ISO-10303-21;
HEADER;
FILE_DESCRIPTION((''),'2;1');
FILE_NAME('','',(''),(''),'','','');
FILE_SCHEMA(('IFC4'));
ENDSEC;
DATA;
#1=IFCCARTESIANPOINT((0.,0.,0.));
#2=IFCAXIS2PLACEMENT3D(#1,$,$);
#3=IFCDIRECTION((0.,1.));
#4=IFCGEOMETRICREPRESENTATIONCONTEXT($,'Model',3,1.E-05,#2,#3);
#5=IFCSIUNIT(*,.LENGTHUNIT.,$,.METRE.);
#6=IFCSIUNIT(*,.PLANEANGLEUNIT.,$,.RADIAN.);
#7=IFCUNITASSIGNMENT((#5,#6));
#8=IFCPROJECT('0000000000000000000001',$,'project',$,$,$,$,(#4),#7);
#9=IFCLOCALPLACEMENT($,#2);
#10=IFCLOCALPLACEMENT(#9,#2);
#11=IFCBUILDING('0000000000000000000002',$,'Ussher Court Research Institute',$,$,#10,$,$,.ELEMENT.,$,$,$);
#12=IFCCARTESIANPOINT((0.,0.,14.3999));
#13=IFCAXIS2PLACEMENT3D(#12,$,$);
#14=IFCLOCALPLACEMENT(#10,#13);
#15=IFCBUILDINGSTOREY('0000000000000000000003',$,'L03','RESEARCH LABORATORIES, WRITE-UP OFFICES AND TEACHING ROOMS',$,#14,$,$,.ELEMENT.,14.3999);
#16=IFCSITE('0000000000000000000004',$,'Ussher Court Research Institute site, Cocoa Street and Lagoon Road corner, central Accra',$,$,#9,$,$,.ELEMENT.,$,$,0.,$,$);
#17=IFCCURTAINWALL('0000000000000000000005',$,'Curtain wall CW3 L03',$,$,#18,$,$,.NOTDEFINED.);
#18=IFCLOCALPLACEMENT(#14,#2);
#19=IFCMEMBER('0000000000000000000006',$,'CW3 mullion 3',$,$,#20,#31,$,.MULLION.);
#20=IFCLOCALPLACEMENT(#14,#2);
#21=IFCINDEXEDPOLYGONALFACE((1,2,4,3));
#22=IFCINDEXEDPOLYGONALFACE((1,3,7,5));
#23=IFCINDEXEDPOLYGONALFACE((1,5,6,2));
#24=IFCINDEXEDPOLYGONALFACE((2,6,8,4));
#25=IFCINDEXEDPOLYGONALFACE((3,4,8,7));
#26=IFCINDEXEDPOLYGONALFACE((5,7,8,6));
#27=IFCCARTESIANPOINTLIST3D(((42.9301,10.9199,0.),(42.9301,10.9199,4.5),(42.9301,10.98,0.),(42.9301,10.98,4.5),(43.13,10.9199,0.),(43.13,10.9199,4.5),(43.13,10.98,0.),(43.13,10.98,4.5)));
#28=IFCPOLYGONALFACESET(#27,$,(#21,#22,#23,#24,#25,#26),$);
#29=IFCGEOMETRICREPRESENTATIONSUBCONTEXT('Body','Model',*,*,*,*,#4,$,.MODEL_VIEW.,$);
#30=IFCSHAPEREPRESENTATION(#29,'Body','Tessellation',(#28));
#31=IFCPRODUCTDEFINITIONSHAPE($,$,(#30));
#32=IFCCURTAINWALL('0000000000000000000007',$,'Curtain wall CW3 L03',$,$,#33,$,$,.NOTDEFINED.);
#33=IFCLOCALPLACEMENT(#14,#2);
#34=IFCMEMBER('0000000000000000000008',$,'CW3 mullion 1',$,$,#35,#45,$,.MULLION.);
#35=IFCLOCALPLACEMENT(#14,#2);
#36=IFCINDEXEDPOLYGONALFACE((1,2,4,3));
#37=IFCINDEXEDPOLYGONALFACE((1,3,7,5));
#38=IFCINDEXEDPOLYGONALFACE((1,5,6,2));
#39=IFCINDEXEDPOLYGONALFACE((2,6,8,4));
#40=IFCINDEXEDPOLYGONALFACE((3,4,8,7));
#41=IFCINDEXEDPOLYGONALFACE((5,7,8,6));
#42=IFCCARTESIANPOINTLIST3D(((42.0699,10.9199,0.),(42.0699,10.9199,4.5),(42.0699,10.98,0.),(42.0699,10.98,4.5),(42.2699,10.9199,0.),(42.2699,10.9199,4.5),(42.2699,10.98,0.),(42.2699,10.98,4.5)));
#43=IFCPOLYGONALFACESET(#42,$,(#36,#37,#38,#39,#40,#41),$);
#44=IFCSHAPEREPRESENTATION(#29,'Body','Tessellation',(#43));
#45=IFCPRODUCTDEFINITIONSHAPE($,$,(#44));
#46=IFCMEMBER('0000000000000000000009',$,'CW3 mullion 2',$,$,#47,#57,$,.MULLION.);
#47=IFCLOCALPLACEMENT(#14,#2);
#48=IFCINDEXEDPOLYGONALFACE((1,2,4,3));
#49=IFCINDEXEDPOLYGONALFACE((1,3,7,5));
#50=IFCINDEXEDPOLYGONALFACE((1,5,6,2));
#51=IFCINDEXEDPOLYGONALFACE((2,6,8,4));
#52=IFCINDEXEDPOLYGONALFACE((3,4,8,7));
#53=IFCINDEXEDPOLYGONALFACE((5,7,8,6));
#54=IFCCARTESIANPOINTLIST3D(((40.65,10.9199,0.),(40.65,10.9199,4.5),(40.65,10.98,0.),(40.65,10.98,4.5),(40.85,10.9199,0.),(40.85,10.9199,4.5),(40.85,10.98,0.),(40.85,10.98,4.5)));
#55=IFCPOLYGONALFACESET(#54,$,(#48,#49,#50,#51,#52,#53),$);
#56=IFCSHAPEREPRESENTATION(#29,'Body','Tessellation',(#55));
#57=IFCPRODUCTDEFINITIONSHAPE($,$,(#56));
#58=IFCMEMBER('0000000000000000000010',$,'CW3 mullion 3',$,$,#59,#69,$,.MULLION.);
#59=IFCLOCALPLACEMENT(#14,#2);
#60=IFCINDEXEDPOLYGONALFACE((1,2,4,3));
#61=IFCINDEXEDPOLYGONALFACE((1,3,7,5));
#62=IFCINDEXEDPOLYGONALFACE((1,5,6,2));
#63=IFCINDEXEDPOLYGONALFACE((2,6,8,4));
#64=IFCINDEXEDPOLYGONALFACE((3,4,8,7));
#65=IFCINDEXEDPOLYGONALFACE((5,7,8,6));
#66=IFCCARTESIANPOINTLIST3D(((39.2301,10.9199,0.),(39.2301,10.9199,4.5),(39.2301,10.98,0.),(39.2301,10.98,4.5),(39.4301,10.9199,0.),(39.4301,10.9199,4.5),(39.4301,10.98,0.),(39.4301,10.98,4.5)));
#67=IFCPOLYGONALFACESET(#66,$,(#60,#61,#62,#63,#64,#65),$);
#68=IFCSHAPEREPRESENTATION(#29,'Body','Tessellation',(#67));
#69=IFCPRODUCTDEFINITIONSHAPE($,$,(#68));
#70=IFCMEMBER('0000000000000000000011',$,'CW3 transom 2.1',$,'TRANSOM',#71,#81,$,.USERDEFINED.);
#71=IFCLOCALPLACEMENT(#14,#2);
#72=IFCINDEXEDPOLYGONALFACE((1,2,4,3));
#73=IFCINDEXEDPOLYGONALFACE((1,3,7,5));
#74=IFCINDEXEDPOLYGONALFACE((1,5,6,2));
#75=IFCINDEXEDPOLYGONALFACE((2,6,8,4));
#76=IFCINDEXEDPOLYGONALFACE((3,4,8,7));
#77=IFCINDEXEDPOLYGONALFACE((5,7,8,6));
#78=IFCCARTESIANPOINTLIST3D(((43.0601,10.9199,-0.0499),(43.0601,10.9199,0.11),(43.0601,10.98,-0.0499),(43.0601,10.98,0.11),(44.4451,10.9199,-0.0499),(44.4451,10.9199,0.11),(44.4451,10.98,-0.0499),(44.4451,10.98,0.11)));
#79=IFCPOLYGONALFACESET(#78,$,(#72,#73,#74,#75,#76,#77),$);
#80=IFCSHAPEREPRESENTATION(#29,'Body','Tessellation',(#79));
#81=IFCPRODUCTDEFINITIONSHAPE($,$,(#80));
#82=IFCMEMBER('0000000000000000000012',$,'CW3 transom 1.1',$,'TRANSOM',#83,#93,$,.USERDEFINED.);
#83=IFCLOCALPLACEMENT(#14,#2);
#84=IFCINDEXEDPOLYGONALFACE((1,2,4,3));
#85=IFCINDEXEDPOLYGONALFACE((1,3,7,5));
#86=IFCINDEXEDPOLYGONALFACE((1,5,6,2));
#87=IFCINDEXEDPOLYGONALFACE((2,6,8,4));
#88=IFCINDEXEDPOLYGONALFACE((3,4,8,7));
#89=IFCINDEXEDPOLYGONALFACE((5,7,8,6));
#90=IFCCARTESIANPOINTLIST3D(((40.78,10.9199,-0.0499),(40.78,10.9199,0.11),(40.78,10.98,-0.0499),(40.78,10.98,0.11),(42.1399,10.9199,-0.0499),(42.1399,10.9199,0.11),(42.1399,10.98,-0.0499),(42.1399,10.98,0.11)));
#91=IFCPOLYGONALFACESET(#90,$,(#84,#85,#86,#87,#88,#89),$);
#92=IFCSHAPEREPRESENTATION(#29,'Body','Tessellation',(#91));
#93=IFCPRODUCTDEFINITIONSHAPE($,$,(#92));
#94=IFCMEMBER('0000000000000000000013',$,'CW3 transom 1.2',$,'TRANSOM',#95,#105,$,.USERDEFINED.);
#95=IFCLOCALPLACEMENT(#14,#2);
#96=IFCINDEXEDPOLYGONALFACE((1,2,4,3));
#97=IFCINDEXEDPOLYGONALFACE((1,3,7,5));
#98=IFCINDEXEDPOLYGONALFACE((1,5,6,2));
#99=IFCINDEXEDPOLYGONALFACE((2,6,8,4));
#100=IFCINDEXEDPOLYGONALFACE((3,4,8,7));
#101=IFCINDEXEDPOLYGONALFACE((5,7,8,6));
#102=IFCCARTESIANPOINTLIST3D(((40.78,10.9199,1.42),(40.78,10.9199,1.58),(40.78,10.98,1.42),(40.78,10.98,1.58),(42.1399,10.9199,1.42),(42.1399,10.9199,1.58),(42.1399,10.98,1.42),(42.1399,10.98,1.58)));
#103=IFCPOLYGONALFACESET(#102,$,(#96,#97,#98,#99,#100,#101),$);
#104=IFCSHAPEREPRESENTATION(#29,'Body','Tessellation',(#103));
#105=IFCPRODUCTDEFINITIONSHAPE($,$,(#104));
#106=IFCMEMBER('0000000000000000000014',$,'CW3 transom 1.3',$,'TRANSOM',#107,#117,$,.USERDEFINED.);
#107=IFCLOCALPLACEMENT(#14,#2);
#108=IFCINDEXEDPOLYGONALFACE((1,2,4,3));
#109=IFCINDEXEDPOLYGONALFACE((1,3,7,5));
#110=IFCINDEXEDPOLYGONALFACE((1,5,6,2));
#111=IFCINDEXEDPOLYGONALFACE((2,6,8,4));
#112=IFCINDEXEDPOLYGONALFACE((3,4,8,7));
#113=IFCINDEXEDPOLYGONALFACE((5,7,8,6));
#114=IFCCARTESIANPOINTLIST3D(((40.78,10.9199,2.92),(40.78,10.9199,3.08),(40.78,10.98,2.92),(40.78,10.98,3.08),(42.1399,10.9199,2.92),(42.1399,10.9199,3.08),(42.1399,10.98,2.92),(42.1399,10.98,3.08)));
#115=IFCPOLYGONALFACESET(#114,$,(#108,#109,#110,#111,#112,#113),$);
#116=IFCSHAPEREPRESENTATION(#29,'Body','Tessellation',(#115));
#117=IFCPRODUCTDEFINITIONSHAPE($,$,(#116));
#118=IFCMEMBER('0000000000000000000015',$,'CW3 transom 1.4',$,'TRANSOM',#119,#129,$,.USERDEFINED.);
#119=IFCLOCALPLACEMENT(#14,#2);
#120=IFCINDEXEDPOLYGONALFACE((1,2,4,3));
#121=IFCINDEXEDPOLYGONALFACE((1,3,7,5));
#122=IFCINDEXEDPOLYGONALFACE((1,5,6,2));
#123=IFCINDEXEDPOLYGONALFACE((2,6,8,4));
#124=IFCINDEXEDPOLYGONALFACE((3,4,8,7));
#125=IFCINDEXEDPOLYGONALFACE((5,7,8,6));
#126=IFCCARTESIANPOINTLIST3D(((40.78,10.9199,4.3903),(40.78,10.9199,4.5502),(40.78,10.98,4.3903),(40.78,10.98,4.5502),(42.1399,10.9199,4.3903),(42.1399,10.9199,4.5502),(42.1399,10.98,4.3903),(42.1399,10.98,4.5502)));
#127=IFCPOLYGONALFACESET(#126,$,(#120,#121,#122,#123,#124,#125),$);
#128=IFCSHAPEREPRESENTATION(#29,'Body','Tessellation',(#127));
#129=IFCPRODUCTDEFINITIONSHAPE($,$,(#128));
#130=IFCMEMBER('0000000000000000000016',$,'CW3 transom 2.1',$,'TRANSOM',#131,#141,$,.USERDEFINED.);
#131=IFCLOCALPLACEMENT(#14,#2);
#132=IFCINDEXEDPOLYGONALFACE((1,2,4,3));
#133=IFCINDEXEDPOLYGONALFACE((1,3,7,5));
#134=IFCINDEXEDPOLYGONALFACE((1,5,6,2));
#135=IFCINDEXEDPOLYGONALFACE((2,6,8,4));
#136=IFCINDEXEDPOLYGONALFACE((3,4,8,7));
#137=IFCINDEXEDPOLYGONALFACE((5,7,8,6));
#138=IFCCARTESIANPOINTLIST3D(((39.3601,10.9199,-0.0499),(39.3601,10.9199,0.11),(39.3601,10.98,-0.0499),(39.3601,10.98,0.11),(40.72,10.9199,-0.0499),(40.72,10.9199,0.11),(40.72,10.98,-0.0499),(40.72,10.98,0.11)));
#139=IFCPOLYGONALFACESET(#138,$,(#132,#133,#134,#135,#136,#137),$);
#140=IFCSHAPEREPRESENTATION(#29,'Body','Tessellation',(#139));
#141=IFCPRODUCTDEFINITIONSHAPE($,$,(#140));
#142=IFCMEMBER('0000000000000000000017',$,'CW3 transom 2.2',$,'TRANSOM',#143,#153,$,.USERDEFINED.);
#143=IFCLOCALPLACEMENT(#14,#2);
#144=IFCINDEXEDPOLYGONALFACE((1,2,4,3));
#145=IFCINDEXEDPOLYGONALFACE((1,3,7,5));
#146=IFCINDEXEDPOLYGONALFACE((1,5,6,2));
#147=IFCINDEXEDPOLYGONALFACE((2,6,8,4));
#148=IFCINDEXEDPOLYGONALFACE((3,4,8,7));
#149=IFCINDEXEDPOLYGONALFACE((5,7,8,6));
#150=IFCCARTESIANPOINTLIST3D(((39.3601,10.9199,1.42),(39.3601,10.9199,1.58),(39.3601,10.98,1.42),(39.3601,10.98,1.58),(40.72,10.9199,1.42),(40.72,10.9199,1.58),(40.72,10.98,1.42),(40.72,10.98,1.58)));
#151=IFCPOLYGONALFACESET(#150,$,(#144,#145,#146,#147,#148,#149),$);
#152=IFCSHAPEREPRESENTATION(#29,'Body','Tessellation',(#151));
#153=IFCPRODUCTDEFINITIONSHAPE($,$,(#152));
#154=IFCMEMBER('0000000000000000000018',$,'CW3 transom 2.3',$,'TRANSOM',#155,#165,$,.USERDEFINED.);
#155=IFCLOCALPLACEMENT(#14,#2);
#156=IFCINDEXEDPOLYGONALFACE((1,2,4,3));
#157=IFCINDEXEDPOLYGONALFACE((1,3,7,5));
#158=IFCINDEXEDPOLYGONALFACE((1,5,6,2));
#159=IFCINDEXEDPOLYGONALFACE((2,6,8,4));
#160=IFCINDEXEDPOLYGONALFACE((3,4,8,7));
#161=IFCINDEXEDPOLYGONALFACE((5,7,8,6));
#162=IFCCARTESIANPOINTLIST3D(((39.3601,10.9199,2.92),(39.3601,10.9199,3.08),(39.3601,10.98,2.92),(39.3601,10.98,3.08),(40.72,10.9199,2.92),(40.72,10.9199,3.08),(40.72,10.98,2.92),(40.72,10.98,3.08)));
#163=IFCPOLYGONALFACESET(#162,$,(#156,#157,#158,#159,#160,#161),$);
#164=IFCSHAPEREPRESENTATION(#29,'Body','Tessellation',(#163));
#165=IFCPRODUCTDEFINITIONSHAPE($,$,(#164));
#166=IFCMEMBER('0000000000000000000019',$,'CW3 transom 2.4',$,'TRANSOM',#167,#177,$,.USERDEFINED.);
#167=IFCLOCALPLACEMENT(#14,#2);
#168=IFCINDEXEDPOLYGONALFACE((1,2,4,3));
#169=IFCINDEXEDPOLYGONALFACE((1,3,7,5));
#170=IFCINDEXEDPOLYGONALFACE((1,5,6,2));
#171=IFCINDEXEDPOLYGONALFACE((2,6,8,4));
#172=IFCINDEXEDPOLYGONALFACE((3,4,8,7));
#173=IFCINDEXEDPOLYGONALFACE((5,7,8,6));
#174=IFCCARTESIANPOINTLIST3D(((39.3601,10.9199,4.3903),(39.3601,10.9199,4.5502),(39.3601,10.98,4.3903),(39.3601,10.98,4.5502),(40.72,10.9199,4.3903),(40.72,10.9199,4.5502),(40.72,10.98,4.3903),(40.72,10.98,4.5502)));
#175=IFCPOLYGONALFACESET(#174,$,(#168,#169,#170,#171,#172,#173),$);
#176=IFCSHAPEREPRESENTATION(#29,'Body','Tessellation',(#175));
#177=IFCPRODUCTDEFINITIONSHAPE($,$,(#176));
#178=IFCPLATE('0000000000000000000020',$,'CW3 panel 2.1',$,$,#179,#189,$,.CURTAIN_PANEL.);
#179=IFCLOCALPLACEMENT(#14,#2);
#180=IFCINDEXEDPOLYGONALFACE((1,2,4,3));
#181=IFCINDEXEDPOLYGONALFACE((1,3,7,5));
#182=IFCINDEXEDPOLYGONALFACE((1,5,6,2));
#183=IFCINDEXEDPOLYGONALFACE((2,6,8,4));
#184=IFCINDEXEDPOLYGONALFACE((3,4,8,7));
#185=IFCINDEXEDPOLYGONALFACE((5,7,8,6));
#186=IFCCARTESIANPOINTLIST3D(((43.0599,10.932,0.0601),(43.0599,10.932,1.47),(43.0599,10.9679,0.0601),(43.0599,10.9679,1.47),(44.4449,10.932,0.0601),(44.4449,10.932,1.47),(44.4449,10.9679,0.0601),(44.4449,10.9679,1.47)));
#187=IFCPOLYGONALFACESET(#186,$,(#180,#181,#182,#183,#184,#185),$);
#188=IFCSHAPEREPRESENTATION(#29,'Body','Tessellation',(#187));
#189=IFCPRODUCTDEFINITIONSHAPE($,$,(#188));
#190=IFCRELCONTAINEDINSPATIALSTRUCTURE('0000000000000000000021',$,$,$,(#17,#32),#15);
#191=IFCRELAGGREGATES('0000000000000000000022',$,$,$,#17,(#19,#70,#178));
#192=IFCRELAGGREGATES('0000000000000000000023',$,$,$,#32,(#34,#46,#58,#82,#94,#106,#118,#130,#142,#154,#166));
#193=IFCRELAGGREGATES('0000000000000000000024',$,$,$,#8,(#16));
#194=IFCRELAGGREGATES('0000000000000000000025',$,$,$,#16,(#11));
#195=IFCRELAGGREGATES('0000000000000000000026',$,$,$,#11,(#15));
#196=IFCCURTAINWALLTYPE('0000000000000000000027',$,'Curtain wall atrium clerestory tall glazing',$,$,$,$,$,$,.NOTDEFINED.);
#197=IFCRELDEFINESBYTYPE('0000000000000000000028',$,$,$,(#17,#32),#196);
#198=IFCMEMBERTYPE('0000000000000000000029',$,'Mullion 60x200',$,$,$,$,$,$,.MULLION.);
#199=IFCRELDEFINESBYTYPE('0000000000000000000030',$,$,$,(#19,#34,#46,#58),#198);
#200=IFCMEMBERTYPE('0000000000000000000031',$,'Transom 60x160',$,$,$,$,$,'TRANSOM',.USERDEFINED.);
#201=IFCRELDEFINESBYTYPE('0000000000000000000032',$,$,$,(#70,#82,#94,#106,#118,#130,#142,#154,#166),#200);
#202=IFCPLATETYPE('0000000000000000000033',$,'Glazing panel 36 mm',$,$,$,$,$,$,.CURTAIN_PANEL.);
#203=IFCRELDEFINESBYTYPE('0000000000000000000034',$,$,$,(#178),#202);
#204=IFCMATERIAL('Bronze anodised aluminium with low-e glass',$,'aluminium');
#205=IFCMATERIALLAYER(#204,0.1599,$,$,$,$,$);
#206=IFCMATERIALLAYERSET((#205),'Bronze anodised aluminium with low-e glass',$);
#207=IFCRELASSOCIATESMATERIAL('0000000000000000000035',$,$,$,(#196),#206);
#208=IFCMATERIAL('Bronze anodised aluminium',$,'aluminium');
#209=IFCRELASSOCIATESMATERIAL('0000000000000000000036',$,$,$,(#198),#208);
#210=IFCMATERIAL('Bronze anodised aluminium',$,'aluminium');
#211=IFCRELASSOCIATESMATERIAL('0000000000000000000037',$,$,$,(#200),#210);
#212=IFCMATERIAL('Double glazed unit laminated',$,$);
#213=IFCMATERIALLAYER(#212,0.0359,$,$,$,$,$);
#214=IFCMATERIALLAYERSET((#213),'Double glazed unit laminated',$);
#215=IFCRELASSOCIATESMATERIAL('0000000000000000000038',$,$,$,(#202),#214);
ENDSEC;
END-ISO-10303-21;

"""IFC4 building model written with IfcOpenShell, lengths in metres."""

from ifc_helpers import new_model, si_unit, direction, frame, origin, origin_2d, place, context, subcontext, project, spatial, rectangle, extrude, material, layer, layer_set, material_profile, profile_set, type_object, element, aggregate, save


model = new_model("IFC4")

# Units and contexts
model_context = context("Model", 3, precision=1e-05, world=origin(), true_north=direction((0.0, 1.0)))
body_context = subcontext(model_context, "Body", "Model", "MODEL_VIEW")
ifc_project = project(units=[si_unit("LENGTHUNIT", "METRE"), si_unit("PLANEANGLEUNIT", "RADIAN")], contexts=[model_context])

# Site, building, storey
site_placement = place(None, origin())
site = spatial("IfcSite", under=ifc_project, at=site_placement, Name="Ussher Court Research Institute site, Cocoa Street and Lagoon Road corner, central Accra", CompositionType="ELEMENT", RefElevation=0.0)
building_placement = place(site_placement, origin())
building = spatial("IfcBuilding", under=site, at=building_placement, Name="Ussher Court Research Institute", CompositionType="ELEMENT")
storey_placement = place(building_placement, frame((0.0, 0.0, 14.3999)))
storey = spatial("IfcBuildingStorey", under=building, at=storey_placement, Name="L03", Description="RESEARCH LABORATORIES, WRITE-UP OFFICES AND TEACHING ROOMS", CompositionType="ELEMENT", Elevation=14.3999)

# Curtain wall, member
ifc_material_1 = material(Name="Bronze anodised aluminium with low-e glass", Category="aluminium")
ifc_layer_1 = layer(ifc_material_1, 0.1599)
ifc_layer_set_1 = layer_set([ifc_layer_1], Name="Bronze anodised aluminium with low-e glass")
curtain_wall_type = type_object("IfcCurtainWallType", Name="Curtain wall atrium clerestory tall glazing", PredefinedType="NOTDEFINED", material=ifc_layer_set_1)
curtain_wall_1_placement = place(storey_placement, origin())
curtain_wall_1 = element("IfcCurtainWall", 1, at=curtain_wall_1_placement, inside=storey, type_object=curtain_wall_type, Name="Curtain wall CW3 L03", PredefinedType="NOTDEFINED")
ifc_material_2 = material(Name="Bronze anodised aluminium", Category="aluminium")
ifc_material_profile_1 = material_profile(ifc_material_2, rectangle(XDim=0.0601, YDim=0.2, at=origin_2d()), Name="Mullion 60x200")
ifc_profile_set_1 = profile_set([ifc_material_profile_1], Name="Bronze anodised aluminium")
member_type_1 = type_object("IfcMemberType", Name="Mullion 60x200", PredefinedType="MULLION", material=ifc_profile_set_1)
member_1_placement = place(storey_placement, frame((43.03, 10.95, 0.0), z_axis=(0.0, 0.0, 1.0), x_axis=(0.0, -1.0, 0.0)))
member_1 = element("IfcMember", 2, at=member_1_placement, type_object=member_type_1, Name="CW3 mullion 3", PredefinedType="MULLION", context=body_context, shape_type="SweptSolid", body=[
    extrude(rectangle(XDim=0.0601, YDim=0.2, at=origin_2d()), origin(), (0.0, 0.0, 1.0), 4.5),
])

# Curtain wall, members
curtain_wall_2_placement = place(storey_placement, origin())
curtain_wall_2 = element("IfcCurtainWall", 3, at=curtain_wall_2_placement, inside=storey, type_object=curtain_wall_type, Name="Curtain wall CW3 L03", PredefinedType="NOTDEFINED")
member_2_placement = place(storey_placement, frame((42.1699, 10.95, 0.0), z_axis=(0.0, 0.0, 1.0), x_axis=(0.0, -1.0, 0.0)))
member_2 = element("IfcMember", 4, at=member_2_placement, type_object=member_type_1, Name="CW3 mullion 1", PredefinedType="MULLION", context=body_context, shape_type="SweptSolid", body=[
    extrude(rectangle(XDim=0.0601, YDim=0.2, at=origin_2d()), origin(), (0.0, 0.0, 1.0), 4.5),
])
member_3_placement = place(storey_placement, frame((40.75, 10.95, 0.0), z_axis=(0.0, 0.0, 1.0), x_axis=(0.0, -1.0, 0.0)))
member_3 = element("IfcMember", 5, at=member_3_placement, type_object=member_type_1, Name="CW3 mullion 2", PredefinedType="MULLION", context=body_context, shape_type="SweptSolid", body=[
    extrude(rectangle(XDim=0.0601, YDim=0.2, at=origin_2d()), origin(), (0.0, 0.0, 1.0), 4.5),
])
member_4_placement = place(storey_placement, frame((39.3301, 10.95, 0.0), z_axis=(0.0, 0.0, 1.0), x_axis=(0.0, -1.0, 0.0)))
member_4 = element("IfcMember", 6, at=member_4_placement, type_object=member_type_1, Name="CW3 mullion 3", PredefinedType="MULLION", context=body_context, shape_type="SweptSolid", body=[
    extrude(rectangle(XDim=0.0601, YDim=0.2, at=origin_2d()), origin(), (0.0, 0.0, 1.0), 4.5),
])

# Members
ifc_material_3 = material(Name="Bronze anodised aluminium", Category="aluminium")
ifc_material_profile_2 = material_profile(ifc_material_3, rectangle(XDim=0.0601, YDim=0.1599, at=origin_2d()), Name="Transom 60x160")
ifc_profile_set_2 = profile_set([ifc_material_profile_2], Name="Bronze anodised aluminium")
member_type_2 = type_object("IfcMemberType", Name="Transom 60x160", ElementType="TRANSOM", PredefinedType="USERDEFINED", material=ifc_profile_set_2)
member_5_placement = place(storey_placement, frame((44.4451, 10.95, 0.03), z_axis=(-1.0, 0.0, 0.0), x_axis=(0.0, -1.0, 0.0)))
member_5 = element("IfcMember", 7, at=member_5_placement, type_object=member_type_2, Name="CW3 transom 2.1", ObjectType="TRANSOM", PredefinedType="USERDEFINED", context=body_context, shape_type="SweptSolid", body=[
    extrude(rectangle(XDim=0.0601, YDim=0.1599, at=origin_2d()), origin(), (0.0, 0.0, 1.0), 1.385),
])
member_6_placement = place(storey_placement, frame((42.1399, 10.95, 0.03), z_axis=(-1.0, 0.0, 0.0), x_axis=(0.0, -1.0, 0.0)))
member_6 = element("IfcMember", 8, at=member_6_placement, type_object=member_type_2, Name="CW3 transom 1.1", ObjectType="TRANSOM", PredefinedType="USERDEFINED", context=body_context, shape_type="SweptSolid", body=[
    extrude(rectangle(XDim=0.0601, YDim=0.1599, at=origin_2d()), origin(), (0.0, 0.0, 1.0), 1.3599),
])
member_7_placement = place(storey_placement, frame((42.1399, 10.95, 1.5), z_axis=(-1.0, 0.0, 0.0), x_axis=(0.0, -1.0, 0.0)))
member_7 = element("IfcMember", 9, at=member_7_placement, type_object=member_type_2, Name="CW3 transom 1.2", ObjectType="TRANSOM", PredefinedType="USERDEFINED", context=body_context, shape_type="SweptSolid", body=[
    extrude(rectangle(XDim=0.0601, YDim=0.1599, at=origin_2d()), origin(), (0.0, 0.0, 1.0), 1.3599),
])
member_8_placement = place(storey_placement, frame((42.1399, 10.95, 3.0), z_axis=(-1.0, 0.0, 0.0), x_axis=(0.0, -1.0, 0.0)))
member_8 = element("IfcMember", 10, at=member_8_placement, type_object=member_type_2, Name="CW3 transom 1.3", ObjectType="TRANSOM", PredefinedType="USERDEFINED", context=body_context, shape_type="SweptSolid", body=[
    extrude(rectangle(XDim=0.0601, YDim=0.1599, at=origin_2d()), origin(), (0.0, 0.0, 1.0), 1.3599),
])
member_9_placement = place(storey_placement, frame((42.1399, 10.95, 4.4702), z_axis=(-1.0, 0.0, 0.0), x_axis=(0.0, -1.0, 0.0)))
member_9 = element("IfcMember", 11, at=member_9_placement, type_object=member_type_2, Name="CW3 transom 1.4", ObjectType="TRANSOM", PredefinedType="USERDEFINED", context=body_context, shape_type="SweptSolid", body=[
    extrude(rectangle(XDim=0.0601, YDim=0.1599, at=origin_2d()), origin(), (0.0, 0.0, 1.0), 1.3599),
])
member_10_placement = place(storey_placement, frame((40.72, 10.95, 0.03), z_axis=(-1.0, 0.0, 0.0), x_axis=(0.0, -1.0, 0.0)))
member_10 = element("IfcMember", 12, at=member_10_placement, type_object=member_type_2, Name="CW3 transom 2.1", ObjectType="TRANSOM", PredefinedType="USERDEFINED", context=body_context, shape_type="SweptSolid", body=[
    extrude(rectangle(XDim=0.0601, YDim=0.1599, at=origin_2d()), origin(), (0.0, 0.0, 1.0), 1.3599),
])
member_11_placement = place(storey_placement, frame((40.72, 10.95, 1.5), z_axis=(-1.0, 0.0, 0.0), x_axis=(0.0, -1.0, 0.0)))
member_11 = element("IfcMember", 13, at=member_11_placement, type_object=member_type_2, Name="CW3 transom 2.2", ObjectType="TRANSOM", PredefinedType="USERDEFINED", context=body_context, shape_type="SweptSolid", body=[
    extrude(rectangle(XDim=0.0601, YDim=0.1599, at=origin_2d()), origin(), (0.0, 0.0, 1.0), 1.3599),
])
member_12_placement = place(storey_placement, frame((40.72, 10.95, 3.0), z_axis=(-1.0, 0.0, 0.0), x_axis=(0.0, -1.0, 0.0)))
member_12 = element("IfcMember", 14, at=member_12_placement, type_object=member_type_2, Name="CW3 transom 2.3", ObjectType="TRANSOM", PredefinedType="USERDEFINED", context=body_context, shape_type="SweptSolid", body=[
    extrude(rectangle(XDim=0.0601, YDim=0.1599, at=origin_2d()), origin(), (0.0, 0.0, 1.0), 1.3599),
])
member_13_placement = place(storey_placement, frame((40.72, 10.95, 4.4702), z_axis=(-1.0, 0.0, 0.0), x_axis=(0.0, -1.0, 0.0)))
member_13 = element("IfcMember", 15, at=member_13_placement, type_object=member_type_2, Name="CW3 transom 2.4", ObjectType="TRANSOM", PredefinedType="USERDEFINED", context=body_context, shape_type="SweptSolid", body=[
    extrude(rectangle(XDim=0.0601, YDim=0.1599, at=origin_2d()), origin(), (0.0, 0.0, 1.0), 1.3599),
])

# Plate
ifc_material_4 = material(Name="Double glazed unit laminated")
ifc_layer_2 = layer(ifc_material_4, 0.0359)
ifc_layer_set_2 = layer_set([ifc_layer_2], Name="Double glazed unit laminated")
plate_type = type_object("IfcPlateType", Name="Glazing panel 36 mm", PredefinedType="CURTAIN_PANEL", material=ifc_layer_set_2)
plate_1_placement = place(storey_placement, frame((43.7524, 10.95, 0.0601), z_axis=(0.0, 0.0, 1.0), x_axis=(-1.0, 0.0, 0.0)))
plate_1 = element("IfcPlate", 16, at=plate_1_placement, type_object=plate_type, Name="CW3 panel 2.1", PredefinedType="CURTAIN_PANEL", context=body_context, shape_type="SweptSolid", body=[
    extrude(rectangle(XDim=1.385, YDim=0.0359, at=origin_2d()), origin(), (0.0, 0.0, 1.0), 1.4099),
])
aggregate(curtain_wall_1, [member_1, member_5, plate_1])
aggregate(curtain_wall_2, [member_2, member_3, member_4, member_6, member_7, member_8, member_9, member_10, member_11, member_12, member_13])

save(model, "model.ifc")
